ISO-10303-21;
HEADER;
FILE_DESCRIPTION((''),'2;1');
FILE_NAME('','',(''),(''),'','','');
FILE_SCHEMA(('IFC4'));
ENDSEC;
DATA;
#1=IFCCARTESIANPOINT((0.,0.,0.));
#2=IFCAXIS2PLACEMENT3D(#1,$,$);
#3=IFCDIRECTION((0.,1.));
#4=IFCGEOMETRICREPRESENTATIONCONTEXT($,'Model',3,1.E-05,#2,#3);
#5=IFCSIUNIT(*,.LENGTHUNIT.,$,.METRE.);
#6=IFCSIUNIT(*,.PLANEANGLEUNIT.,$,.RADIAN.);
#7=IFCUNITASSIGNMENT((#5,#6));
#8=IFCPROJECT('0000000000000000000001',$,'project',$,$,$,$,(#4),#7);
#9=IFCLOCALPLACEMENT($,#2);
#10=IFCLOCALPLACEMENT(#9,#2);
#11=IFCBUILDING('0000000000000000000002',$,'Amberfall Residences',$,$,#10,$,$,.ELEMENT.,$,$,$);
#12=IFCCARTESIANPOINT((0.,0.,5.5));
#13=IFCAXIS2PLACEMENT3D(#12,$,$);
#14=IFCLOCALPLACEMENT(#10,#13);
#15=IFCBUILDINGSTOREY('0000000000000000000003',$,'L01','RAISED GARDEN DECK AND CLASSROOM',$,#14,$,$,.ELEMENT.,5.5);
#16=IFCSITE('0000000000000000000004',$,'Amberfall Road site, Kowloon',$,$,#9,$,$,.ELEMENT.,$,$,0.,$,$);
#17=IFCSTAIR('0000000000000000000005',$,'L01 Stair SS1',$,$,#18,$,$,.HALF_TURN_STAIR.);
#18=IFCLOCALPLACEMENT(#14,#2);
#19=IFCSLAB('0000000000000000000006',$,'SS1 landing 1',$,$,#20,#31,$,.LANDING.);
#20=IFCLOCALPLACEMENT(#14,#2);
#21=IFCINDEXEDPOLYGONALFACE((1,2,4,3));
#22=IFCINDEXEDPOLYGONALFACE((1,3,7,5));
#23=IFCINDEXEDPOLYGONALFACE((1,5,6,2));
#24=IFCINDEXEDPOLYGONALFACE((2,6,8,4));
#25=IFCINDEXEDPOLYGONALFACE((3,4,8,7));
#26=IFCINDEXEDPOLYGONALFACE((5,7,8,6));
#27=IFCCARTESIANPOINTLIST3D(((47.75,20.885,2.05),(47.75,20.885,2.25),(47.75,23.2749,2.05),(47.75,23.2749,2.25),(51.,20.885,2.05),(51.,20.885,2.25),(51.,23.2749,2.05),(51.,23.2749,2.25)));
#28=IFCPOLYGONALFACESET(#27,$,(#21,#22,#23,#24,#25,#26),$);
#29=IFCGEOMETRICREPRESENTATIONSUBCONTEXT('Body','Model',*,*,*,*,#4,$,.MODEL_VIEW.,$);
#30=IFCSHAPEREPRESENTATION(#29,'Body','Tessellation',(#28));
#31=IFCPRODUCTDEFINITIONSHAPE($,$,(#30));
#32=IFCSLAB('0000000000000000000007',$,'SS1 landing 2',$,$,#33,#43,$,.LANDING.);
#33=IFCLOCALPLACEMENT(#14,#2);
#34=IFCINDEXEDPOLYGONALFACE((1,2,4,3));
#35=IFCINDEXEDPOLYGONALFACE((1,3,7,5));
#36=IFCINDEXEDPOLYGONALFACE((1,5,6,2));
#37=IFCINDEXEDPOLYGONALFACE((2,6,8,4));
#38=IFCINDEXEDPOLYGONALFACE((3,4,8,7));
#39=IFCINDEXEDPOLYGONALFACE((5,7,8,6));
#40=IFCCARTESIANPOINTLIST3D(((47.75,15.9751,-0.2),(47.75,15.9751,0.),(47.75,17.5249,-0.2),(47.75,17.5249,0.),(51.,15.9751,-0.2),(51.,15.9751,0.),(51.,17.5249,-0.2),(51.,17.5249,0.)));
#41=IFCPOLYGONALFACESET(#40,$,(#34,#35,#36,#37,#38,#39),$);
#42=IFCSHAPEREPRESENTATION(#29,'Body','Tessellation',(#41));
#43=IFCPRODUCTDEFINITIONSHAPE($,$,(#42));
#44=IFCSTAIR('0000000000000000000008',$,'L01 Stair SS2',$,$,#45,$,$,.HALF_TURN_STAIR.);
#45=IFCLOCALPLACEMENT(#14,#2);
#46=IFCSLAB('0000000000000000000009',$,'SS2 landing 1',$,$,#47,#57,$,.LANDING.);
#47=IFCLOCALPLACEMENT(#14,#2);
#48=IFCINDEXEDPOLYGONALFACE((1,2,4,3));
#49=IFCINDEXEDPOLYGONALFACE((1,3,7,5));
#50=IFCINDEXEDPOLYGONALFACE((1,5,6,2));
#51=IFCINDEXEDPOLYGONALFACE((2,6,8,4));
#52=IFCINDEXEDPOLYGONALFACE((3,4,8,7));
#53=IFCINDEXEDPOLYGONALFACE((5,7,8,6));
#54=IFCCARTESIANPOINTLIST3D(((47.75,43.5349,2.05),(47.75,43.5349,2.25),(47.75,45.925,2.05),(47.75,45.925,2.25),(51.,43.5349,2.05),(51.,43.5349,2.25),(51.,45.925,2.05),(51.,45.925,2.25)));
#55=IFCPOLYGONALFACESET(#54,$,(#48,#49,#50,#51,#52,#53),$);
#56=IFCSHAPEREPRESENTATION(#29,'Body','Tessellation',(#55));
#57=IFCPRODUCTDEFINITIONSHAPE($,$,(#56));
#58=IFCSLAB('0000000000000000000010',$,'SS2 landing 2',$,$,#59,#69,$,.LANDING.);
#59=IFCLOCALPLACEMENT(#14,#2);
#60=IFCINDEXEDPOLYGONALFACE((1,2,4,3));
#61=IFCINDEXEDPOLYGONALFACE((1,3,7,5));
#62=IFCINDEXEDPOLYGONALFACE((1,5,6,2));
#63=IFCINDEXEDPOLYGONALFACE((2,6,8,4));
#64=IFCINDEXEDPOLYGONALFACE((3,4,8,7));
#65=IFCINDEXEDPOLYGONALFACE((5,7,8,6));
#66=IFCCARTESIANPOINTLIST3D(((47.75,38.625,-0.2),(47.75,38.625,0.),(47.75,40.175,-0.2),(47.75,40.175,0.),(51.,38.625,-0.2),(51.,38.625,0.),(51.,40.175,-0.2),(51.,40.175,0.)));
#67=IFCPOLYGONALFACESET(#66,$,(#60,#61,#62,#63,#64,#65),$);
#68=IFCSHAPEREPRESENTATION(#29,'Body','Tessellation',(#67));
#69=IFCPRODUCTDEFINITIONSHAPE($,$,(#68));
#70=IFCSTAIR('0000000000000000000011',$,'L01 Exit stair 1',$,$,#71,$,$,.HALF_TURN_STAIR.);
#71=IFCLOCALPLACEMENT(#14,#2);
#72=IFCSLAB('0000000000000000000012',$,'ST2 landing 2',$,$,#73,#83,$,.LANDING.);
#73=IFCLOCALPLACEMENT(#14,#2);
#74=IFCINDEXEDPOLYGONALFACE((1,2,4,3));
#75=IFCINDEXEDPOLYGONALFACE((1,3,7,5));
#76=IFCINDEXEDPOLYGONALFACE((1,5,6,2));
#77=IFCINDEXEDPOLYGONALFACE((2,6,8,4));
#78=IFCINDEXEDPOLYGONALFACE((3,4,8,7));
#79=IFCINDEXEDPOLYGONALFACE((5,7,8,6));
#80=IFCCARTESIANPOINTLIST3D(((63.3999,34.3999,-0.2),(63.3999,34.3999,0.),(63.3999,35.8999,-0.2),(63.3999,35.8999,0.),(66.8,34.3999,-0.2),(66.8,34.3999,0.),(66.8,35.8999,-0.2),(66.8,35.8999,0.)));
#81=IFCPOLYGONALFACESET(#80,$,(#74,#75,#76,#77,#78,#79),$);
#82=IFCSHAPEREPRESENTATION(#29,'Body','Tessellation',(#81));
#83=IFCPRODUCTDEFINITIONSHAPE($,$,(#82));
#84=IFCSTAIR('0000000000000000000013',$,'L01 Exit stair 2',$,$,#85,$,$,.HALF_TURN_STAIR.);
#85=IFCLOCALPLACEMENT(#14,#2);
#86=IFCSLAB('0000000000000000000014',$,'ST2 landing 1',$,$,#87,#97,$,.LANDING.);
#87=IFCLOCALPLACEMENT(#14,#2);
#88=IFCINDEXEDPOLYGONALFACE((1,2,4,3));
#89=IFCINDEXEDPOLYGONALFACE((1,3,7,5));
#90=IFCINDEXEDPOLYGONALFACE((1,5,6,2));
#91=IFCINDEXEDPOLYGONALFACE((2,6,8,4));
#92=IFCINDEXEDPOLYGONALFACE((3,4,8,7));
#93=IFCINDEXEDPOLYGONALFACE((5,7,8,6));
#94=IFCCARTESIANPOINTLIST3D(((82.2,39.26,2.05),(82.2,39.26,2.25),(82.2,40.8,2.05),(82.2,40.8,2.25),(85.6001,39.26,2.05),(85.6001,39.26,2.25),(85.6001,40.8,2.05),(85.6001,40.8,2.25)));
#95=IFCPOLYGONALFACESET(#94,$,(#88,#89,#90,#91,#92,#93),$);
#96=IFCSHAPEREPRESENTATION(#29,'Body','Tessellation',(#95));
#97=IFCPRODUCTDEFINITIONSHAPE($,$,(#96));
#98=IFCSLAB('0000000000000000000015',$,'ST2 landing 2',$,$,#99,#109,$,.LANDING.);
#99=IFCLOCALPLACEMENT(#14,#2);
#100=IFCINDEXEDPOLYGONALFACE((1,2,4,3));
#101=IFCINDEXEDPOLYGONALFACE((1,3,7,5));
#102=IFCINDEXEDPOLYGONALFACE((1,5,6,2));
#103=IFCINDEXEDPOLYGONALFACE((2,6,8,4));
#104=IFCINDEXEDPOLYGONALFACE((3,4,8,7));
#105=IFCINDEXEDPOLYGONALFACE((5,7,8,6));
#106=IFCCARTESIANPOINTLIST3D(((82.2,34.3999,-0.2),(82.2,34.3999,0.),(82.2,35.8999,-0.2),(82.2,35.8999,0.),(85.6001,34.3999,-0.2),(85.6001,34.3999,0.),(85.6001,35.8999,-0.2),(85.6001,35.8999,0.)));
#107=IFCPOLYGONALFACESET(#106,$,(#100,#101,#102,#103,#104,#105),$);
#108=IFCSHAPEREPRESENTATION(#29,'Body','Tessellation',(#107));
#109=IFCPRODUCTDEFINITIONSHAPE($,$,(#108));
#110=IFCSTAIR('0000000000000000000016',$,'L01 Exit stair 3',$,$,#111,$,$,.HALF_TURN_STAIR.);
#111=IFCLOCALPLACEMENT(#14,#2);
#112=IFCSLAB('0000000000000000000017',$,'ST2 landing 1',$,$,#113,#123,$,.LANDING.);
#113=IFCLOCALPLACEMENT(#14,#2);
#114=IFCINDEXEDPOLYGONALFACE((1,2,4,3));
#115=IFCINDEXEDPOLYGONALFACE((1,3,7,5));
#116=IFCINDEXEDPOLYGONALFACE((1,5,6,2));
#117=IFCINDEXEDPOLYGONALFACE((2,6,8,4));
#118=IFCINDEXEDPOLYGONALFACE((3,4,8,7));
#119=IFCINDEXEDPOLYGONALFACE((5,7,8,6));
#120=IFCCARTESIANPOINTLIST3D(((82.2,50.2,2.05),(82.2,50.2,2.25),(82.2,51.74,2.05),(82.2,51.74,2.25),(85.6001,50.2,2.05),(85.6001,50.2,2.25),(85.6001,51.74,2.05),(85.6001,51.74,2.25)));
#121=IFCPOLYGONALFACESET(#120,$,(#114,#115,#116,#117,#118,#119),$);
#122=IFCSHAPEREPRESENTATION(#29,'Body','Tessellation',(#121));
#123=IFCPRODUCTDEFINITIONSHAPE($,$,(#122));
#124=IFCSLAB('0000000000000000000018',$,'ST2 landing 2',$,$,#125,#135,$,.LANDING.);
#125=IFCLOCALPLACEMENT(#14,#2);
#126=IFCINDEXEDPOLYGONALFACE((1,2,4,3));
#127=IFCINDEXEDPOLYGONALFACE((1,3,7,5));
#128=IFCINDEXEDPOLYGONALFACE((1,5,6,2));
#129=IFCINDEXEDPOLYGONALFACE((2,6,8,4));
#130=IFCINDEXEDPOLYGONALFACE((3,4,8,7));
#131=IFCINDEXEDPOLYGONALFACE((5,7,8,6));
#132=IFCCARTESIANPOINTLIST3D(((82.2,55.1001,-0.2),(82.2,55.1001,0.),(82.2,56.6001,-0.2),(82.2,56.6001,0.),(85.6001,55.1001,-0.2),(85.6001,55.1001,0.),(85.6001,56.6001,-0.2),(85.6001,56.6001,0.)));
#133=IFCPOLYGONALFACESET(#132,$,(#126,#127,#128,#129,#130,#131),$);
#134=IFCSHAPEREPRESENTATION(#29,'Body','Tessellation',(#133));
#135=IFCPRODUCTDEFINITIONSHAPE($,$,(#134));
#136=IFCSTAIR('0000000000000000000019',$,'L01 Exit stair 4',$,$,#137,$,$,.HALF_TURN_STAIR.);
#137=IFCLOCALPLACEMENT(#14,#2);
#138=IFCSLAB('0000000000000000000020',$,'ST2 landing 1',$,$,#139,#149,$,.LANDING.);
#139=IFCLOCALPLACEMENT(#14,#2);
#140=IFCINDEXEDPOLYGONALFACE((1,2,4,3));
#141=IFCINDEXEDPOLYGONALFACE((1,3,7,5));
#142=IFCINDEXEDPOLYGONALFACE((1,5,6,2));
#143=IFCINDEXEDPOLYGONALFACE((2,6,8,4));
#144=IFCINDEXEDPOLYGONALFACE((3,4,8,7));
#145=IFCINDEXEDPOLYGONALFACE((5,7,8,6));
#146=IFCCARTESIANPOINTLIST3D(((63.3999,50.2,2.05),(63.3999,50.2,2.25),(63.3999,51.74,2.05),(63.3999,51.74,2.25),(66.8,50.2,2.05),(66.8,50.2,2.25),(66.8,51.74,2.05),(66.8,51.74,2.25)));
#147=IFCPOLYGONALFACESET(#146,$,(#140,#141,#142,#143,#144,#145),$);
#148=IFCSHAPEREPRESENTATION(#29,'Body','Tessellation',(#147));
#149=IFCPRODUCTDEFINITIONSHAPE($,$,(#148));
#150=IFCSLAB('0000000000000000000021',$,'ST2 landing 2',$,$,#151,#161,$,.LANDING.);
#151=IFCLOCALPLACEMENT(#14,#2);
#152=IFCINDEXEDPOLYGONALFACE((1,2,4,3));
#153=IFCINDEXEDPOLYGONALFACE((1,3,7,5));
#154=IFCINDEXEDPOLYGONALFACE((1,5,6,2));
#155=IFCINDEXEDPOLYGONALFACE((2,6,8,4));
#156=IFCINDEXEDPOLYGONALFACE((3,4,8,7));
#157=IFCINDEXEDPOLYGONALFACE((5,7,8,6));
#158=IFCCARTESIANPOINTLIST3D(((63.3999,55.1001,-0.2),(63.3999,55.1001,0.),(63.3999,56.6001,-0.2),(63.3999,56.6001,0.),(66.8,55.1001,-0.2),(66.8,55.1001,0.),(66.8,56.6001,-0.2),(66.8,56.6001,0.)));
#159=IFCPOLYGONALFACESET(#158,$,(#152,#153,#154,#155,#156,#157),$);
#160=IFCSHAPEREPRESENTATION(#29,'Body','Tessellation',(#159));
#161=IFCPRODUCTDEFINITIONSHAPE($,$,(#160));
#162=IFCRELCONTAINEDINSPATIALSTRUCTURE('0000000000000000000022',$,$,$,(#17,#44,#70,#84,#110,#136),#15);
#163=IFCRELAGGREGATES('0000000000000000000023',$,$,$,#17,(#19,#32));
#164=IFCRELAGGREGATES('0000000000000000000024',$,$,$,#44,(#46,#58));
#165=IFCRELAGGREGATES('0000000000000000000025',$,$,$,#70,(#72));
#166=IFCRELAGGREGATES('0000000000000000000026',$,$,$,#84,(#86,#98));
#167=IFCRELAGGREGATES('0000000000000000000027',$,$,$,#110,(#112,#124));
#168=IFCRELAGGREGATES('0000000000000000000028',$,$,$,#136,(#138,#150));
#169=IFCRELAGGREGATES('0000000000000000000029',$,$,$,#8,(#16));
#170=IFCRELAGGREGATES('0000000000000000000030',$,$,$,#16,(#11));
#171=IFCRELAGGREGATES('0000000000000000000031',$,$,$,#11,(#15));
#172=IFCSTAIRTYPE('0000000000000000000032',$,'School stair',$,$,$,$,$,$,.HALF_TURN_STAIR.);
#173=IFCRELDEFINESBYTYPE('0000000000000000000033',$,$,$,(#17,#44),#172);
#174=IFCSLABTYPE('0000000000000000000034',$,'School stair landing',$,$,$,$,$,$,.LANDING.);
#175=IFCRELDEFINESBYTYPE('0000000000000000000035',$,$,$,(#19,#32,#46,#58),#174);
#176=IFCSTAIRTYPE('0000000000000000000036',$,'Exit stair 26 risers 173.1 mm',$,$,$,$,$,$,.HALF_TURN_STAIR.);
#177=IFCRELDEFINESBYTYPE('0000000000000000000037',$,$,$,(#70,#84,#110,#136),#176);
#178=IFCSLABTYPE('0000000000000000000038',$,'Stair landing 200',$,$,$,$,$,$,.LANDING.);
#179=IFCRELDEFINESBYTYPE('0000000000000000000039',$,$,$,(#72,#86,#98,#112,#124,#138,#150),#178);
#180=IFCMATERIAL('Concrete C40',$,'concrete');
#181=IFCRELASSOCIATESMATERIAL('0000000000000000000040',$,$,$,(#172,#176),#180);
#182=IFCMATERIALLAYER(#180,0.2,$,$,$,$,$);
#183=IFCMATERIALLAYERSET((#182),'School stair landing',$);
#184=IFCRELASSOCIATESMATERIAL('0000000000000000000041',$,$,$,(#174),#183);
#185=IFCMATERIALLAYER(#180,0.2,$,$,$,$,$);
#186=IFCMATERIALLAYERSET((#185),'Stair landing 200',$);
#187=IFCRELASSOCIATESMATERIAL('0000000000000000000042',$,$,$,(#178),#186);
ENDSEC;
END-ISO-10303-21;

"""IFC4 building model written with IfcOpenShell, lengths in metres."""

from ifc_helpers import new_model, si_unit, direction, frame, origin, place, context, subcontext, project, spatial, polyline, outline, extrude, material, layer, layer_set, type_object, element, aggregate, save


model = new_model("IFC4")

# Units and contexts
model_context = context("Model", 3, precision=1e-05, world=origin(), true_north=direction((0.0, 1.0)))
body_context = subcontext(model_context, "Body", "Model", "MODEL_VIEW")
ifc_project = project(units=[si_unit("LENGTHUNIT", "METRE"), si_unit("PLANEANGLEUNIT", "RADIAN")], contexts=[model_context])

# Site, building, storey
site_placement = place(None, origin())
site = spatial("IfcSite", under=ifc_project, at=site_placement, Name="Amberfall Road site, Kowloon", CompositionType="ELEMENT", RefElevation=0.0)
building_placement = place(site_placement, origin())
building = spatial("IfcBuilding", under=site, at=building_placement, Name="Amberfall Residences", CompositionType="ELEMENT")
storey_placement = place(building_placement, frame((0.0, 0.0, 5.5)))
storey = spatial("IfcBuildingStorey", under=building, at=storey_placement, Name="L01", Description="RAISED GARDEN DECK AND CLASSROOM", CompositionType="ELEMENT", Elevation=5.5)

# Stairs, slabs
ifc_material = material(Name="Concrete C40", Category="concrete")
stair_type_1 = type_object("IfcStairType", Name="School stair", PredefinedType="HALF_TURN_STAIR", material=ifc_material)
stair_1_placement = place(storey_placement, origin())
stair_1 = element("IfcStair", 1, at=stair_1_placement, inside=storey, type_object=stair_type_1, Name="L01 Stair SS1", PredefinedType="HALF_TURN_STAIR")
ifc_layer_1 = layer(ifc_material, 0.2)
ifc_layer_set_1 = layer_set([ifc_layer_1], Name="School stair landing")
slab_type_1 = type_object("IfcSlabType", Name="School stair landing", PredefinedType="LANDING", material=ifc_layer_set_1)
slab_1_placement = place(storey_placement, frame((0.0, 0.0, 2.05)))
slab_1 = element("IfcSlab", 2, at=slab_1_placement, type_object=slab_type_1, Name="SS1 landing 1", PredefinedType="LANDING", context=body_context, shape_type="SweptSolid", body=[
    extrude(outline(polyline([(51.0, 20.885), (51.0, 23.2749), (47.75, 23.2749), (47.75, 20.885), (51.0, 20.885)])), origin(), (0.0, 0.0, 1.0), 0.2),
])
slab_2_placement = place(storey_placement, frame((0.0, 0.0, -0.2)))
slab_2 = element("IfcSlab", 3, at=slab_2_placement, type_object=slab_type_1, Name="SS1 landing 2", PredefinedType="LANDING", context=body_context, shape_type="SweptSolid", body=[
    extrude(outline(polyline([(51.0, 15.9751), (51.0, 17.5249), (47.75, 17.5249), (47.75, 15.9751), (51.0, 15.9751)])), origin(), (0.0, 0.0, 1.0), 0.2),
])
aggregate(stair_1, [slab_1, slab_2])
stair_2_placement = place(storey_placement, origin())
stair_2 = element("IfcStair", 4, at=stair_2_placement, inside=storey, type_object=stair_type_1, Name="L01 Stair SS2", PredefinedType="HALF_TURN_STAIR")
slab_3_placement = place(storey_placement, frame((0.0, 0.0, 2.05)))
slab_3 = element("IfcSlab", 5, at=slab_3_placement, type_object=slab_type_1, Name="SS2 landing 1", PredefinedType="LANDING", context=body_context, shape_type="SweptSolid", body=[
    extrude(outline(polyline([(51.0, 43.5349), (51.0, 45.925), (47.75, 45.925), (47.75, 43.5349), (51.0, 43.5349)])), origin(), (0.0, 0.0, 1.0), 0.2),
])
slab_4_placement = place(storey_placement, frame((0.0, 0.0, -0.2)))
slab_4 = element("IfcSlab", 6, at=slab_4_placement, type_object=slab_type_1, Name="SS2 landing 2", PredefinedType="LANDING", context=body_context, shape_type="SweptSolid", body=[
    extrude(outline(polyline([(51.0, 38.625), (51.0, 40.175), (47.75, 40.175), (47.75, 38.625), (51.0, 38.625)])), origin(), (0.0, 0.0, 1.0), 0.2),
])
aggregate(stair_2, [slab_3, slab_4])

# Stair, slab
stair_type_2 = type_object("IfcStairType", Name="Exit stair 26 risers 173.1 mm", PredefinedType="HALF_TURN_STAIR", material=ifc_material)
stair_3_placement = place(storey_placement, origin())
stair_3 = element("IfcStair", 7, at=stair_3_placement, inside=storey, type_object=stair_type_2, Name="L01 Exit stair 1", PredefinedType="HALF_TURN_STAIR")
ifc_layer_2 = layer(ifc_material, 0.2)
ifc_layer_set_2 = layer_set([ifc_layer_2], Name="Stair landing 200")
slab_type_2 = type_object("IfcSlabType", Name="Stair landing 200", PredefinedType="LANDING", material=ifc_layer_set_2)
slab_5_placement = place(storey_placement, frame((0.0, 0.0, -0.2)))
slab_5 = element("IfcSlab", 8, at=slab_5_placement, type_object=slab_type_2, Name="ST2 landing 2", PredefinedType="LANDING", context=body_context, shape_type="SweptSolid", body=[
    extrude(outline(polyline([(66.8, 34.3999), (66.8, 35.8999), (63.3999, 35.8999), (63.3999, 34.3999), (66.8, 34.3999)])), origin(), (0.0, 0.0, 1.0), 0.2),
])
aggregate(stair_3, [slab_5])

# Stairs, slabs
stair_4_placement = place(storey_placement, origin())
stair_4 = element("IfcStair", 9, at=stair_4_placement, inside=storey, type_object=stair_type_2, Name="L01 Exit stair 2", PredefinedType="HALF_TURN_STAIR")
slab_6_placement = place(storey_placement, frame((0.0, 0.0, 2.05)))
slab_6 = element("IfcSlab", 10, at=slab_6_placement, type_object=slab_type_2, Name="ST2 landing 1", PredefinedType="LANDING", context=body_context, shape_type="SweptSolid", body=[
    extrude(outline(polyline([(85.6001, 39.26), (85.6001, 40.8), (82.2, 40.8), (82.2, 39.26), (85.6001, 39.26)])), origin(), (0.0, 0.0, 1.0), 0.2),
])
slab_7_placement = place(storey_placement, frame((0.0, 0.0, -0.2)))
slab_7 = element("IfcSlab", 11, at=slab_7_placement, type_object=slab_type_2, Name="ST2 landing 2", PredefinedType="LANDING", context=body_context, shape_type="SweptSolid", body=[
    extrude(outline(polyline([(85.6001, 34.3999), (85.6001, 35.8999), (82.2, 35.8999), (82.2, 34.3999), (85.6001, 34.3999)])), origin(), (0.0, 0.0, 1.0), 0.2),
])
aggregate(stair_4, [slab_6, slab_7])
stair_5_placement = place(storey_placement, origin())
stair_5 = element("IfcStair", 12, at=stair_5_placement, inside=storey, type_object=stair_type_2, Name="L01 Exit stair 3", PredefinedType="HALF_TURN_STAIR")
slab_8_placement = place(storey_placement, frame((0.0, 0.0, 2.05)))
slab_8 = element("IfcSlab", 13, at=slab_8_placement, type_object=slab_type_2, Name="ST2 landing 1", PredefinedType="LANDING", context=body_context, shape_type="SweptSolid", body=[
    extrude(outline(polyline([(82.2, 51.74), (82.2, 50.2), (85.6001, 50.2), (85.6001, 51.74), (82.2, 51.74)])), origin(), (0.0, 0.0, 1.0), 0.2),
])
slab_9_placement = place(storey_placement, frame((0.0, 0.0, -0.2)))
slab_9 = element("IfcSlab", 14, at=slab_9_placement, type_object=slab_type_2, Name="ST2 landing 2", PredefinedType="LANDING", context=body_context, shape_type="SweptSolid", body=[
    extrude(outline(polyline([(82.2, 56.6001), (82.2, 55.1001), (85.6001, 55.1001), (85.6001, 56.6001), (82.2, 56.6001)])), origin(), (0.0, 0.0, 1.0), 0.2),
])
aggregate(stair_5, [slab_8, slab_9])
stair_6_placement = place(storey_placement, origin())
stair_6 = element("IfcStair", 15, at=stair_6_placement, inside=storey, type_object=stair_type_2, Name="L01 Exit stair 4", PredefinedType="HALF_TURN_STAIR")
slab_10_placement = place(storey_placement, frame((0.0, 0.0, 2.05)))
slab_10 = element("IfcSlab", 16, at=slab_10_placement, type_object=slab_type_2, Name="ST2 landing 1", PredefinedType="LANDING", context=body_context, shape_type="SweptSolid", body=[
    extrude(outline(polyline([(63.3999, 51.74), (63.3999, 50.2), (66.8, 50.2), (66.8, 51.74), (63.3999, 51.74)])), origin(), (0.0, 0.0, 1.0), 0.2),
])
slab_11_placement = place(storey_placement, frame((0.0, 0.0, -0.2)))
slab_11 = element("IfcSlab", 17, at=slab_11_placement, type_object=slab_type_2, Name="ST2 landing 2", PredefinedType="LANDING", context=body_context, shape_type="SweptSolid", body=[
    extrude(outline(polyline([(63.3999, 56.6001), (63.3999, 55.1001), (66.8, 55.1001), (66.8, 56.6001), (63.3999, 56.6001)])), origin(), (0.0, 0.0, 1.0), 0.2),
])
aggregate(stair_6, [slab_10, slab_11])

save(model, "model.ifc")
